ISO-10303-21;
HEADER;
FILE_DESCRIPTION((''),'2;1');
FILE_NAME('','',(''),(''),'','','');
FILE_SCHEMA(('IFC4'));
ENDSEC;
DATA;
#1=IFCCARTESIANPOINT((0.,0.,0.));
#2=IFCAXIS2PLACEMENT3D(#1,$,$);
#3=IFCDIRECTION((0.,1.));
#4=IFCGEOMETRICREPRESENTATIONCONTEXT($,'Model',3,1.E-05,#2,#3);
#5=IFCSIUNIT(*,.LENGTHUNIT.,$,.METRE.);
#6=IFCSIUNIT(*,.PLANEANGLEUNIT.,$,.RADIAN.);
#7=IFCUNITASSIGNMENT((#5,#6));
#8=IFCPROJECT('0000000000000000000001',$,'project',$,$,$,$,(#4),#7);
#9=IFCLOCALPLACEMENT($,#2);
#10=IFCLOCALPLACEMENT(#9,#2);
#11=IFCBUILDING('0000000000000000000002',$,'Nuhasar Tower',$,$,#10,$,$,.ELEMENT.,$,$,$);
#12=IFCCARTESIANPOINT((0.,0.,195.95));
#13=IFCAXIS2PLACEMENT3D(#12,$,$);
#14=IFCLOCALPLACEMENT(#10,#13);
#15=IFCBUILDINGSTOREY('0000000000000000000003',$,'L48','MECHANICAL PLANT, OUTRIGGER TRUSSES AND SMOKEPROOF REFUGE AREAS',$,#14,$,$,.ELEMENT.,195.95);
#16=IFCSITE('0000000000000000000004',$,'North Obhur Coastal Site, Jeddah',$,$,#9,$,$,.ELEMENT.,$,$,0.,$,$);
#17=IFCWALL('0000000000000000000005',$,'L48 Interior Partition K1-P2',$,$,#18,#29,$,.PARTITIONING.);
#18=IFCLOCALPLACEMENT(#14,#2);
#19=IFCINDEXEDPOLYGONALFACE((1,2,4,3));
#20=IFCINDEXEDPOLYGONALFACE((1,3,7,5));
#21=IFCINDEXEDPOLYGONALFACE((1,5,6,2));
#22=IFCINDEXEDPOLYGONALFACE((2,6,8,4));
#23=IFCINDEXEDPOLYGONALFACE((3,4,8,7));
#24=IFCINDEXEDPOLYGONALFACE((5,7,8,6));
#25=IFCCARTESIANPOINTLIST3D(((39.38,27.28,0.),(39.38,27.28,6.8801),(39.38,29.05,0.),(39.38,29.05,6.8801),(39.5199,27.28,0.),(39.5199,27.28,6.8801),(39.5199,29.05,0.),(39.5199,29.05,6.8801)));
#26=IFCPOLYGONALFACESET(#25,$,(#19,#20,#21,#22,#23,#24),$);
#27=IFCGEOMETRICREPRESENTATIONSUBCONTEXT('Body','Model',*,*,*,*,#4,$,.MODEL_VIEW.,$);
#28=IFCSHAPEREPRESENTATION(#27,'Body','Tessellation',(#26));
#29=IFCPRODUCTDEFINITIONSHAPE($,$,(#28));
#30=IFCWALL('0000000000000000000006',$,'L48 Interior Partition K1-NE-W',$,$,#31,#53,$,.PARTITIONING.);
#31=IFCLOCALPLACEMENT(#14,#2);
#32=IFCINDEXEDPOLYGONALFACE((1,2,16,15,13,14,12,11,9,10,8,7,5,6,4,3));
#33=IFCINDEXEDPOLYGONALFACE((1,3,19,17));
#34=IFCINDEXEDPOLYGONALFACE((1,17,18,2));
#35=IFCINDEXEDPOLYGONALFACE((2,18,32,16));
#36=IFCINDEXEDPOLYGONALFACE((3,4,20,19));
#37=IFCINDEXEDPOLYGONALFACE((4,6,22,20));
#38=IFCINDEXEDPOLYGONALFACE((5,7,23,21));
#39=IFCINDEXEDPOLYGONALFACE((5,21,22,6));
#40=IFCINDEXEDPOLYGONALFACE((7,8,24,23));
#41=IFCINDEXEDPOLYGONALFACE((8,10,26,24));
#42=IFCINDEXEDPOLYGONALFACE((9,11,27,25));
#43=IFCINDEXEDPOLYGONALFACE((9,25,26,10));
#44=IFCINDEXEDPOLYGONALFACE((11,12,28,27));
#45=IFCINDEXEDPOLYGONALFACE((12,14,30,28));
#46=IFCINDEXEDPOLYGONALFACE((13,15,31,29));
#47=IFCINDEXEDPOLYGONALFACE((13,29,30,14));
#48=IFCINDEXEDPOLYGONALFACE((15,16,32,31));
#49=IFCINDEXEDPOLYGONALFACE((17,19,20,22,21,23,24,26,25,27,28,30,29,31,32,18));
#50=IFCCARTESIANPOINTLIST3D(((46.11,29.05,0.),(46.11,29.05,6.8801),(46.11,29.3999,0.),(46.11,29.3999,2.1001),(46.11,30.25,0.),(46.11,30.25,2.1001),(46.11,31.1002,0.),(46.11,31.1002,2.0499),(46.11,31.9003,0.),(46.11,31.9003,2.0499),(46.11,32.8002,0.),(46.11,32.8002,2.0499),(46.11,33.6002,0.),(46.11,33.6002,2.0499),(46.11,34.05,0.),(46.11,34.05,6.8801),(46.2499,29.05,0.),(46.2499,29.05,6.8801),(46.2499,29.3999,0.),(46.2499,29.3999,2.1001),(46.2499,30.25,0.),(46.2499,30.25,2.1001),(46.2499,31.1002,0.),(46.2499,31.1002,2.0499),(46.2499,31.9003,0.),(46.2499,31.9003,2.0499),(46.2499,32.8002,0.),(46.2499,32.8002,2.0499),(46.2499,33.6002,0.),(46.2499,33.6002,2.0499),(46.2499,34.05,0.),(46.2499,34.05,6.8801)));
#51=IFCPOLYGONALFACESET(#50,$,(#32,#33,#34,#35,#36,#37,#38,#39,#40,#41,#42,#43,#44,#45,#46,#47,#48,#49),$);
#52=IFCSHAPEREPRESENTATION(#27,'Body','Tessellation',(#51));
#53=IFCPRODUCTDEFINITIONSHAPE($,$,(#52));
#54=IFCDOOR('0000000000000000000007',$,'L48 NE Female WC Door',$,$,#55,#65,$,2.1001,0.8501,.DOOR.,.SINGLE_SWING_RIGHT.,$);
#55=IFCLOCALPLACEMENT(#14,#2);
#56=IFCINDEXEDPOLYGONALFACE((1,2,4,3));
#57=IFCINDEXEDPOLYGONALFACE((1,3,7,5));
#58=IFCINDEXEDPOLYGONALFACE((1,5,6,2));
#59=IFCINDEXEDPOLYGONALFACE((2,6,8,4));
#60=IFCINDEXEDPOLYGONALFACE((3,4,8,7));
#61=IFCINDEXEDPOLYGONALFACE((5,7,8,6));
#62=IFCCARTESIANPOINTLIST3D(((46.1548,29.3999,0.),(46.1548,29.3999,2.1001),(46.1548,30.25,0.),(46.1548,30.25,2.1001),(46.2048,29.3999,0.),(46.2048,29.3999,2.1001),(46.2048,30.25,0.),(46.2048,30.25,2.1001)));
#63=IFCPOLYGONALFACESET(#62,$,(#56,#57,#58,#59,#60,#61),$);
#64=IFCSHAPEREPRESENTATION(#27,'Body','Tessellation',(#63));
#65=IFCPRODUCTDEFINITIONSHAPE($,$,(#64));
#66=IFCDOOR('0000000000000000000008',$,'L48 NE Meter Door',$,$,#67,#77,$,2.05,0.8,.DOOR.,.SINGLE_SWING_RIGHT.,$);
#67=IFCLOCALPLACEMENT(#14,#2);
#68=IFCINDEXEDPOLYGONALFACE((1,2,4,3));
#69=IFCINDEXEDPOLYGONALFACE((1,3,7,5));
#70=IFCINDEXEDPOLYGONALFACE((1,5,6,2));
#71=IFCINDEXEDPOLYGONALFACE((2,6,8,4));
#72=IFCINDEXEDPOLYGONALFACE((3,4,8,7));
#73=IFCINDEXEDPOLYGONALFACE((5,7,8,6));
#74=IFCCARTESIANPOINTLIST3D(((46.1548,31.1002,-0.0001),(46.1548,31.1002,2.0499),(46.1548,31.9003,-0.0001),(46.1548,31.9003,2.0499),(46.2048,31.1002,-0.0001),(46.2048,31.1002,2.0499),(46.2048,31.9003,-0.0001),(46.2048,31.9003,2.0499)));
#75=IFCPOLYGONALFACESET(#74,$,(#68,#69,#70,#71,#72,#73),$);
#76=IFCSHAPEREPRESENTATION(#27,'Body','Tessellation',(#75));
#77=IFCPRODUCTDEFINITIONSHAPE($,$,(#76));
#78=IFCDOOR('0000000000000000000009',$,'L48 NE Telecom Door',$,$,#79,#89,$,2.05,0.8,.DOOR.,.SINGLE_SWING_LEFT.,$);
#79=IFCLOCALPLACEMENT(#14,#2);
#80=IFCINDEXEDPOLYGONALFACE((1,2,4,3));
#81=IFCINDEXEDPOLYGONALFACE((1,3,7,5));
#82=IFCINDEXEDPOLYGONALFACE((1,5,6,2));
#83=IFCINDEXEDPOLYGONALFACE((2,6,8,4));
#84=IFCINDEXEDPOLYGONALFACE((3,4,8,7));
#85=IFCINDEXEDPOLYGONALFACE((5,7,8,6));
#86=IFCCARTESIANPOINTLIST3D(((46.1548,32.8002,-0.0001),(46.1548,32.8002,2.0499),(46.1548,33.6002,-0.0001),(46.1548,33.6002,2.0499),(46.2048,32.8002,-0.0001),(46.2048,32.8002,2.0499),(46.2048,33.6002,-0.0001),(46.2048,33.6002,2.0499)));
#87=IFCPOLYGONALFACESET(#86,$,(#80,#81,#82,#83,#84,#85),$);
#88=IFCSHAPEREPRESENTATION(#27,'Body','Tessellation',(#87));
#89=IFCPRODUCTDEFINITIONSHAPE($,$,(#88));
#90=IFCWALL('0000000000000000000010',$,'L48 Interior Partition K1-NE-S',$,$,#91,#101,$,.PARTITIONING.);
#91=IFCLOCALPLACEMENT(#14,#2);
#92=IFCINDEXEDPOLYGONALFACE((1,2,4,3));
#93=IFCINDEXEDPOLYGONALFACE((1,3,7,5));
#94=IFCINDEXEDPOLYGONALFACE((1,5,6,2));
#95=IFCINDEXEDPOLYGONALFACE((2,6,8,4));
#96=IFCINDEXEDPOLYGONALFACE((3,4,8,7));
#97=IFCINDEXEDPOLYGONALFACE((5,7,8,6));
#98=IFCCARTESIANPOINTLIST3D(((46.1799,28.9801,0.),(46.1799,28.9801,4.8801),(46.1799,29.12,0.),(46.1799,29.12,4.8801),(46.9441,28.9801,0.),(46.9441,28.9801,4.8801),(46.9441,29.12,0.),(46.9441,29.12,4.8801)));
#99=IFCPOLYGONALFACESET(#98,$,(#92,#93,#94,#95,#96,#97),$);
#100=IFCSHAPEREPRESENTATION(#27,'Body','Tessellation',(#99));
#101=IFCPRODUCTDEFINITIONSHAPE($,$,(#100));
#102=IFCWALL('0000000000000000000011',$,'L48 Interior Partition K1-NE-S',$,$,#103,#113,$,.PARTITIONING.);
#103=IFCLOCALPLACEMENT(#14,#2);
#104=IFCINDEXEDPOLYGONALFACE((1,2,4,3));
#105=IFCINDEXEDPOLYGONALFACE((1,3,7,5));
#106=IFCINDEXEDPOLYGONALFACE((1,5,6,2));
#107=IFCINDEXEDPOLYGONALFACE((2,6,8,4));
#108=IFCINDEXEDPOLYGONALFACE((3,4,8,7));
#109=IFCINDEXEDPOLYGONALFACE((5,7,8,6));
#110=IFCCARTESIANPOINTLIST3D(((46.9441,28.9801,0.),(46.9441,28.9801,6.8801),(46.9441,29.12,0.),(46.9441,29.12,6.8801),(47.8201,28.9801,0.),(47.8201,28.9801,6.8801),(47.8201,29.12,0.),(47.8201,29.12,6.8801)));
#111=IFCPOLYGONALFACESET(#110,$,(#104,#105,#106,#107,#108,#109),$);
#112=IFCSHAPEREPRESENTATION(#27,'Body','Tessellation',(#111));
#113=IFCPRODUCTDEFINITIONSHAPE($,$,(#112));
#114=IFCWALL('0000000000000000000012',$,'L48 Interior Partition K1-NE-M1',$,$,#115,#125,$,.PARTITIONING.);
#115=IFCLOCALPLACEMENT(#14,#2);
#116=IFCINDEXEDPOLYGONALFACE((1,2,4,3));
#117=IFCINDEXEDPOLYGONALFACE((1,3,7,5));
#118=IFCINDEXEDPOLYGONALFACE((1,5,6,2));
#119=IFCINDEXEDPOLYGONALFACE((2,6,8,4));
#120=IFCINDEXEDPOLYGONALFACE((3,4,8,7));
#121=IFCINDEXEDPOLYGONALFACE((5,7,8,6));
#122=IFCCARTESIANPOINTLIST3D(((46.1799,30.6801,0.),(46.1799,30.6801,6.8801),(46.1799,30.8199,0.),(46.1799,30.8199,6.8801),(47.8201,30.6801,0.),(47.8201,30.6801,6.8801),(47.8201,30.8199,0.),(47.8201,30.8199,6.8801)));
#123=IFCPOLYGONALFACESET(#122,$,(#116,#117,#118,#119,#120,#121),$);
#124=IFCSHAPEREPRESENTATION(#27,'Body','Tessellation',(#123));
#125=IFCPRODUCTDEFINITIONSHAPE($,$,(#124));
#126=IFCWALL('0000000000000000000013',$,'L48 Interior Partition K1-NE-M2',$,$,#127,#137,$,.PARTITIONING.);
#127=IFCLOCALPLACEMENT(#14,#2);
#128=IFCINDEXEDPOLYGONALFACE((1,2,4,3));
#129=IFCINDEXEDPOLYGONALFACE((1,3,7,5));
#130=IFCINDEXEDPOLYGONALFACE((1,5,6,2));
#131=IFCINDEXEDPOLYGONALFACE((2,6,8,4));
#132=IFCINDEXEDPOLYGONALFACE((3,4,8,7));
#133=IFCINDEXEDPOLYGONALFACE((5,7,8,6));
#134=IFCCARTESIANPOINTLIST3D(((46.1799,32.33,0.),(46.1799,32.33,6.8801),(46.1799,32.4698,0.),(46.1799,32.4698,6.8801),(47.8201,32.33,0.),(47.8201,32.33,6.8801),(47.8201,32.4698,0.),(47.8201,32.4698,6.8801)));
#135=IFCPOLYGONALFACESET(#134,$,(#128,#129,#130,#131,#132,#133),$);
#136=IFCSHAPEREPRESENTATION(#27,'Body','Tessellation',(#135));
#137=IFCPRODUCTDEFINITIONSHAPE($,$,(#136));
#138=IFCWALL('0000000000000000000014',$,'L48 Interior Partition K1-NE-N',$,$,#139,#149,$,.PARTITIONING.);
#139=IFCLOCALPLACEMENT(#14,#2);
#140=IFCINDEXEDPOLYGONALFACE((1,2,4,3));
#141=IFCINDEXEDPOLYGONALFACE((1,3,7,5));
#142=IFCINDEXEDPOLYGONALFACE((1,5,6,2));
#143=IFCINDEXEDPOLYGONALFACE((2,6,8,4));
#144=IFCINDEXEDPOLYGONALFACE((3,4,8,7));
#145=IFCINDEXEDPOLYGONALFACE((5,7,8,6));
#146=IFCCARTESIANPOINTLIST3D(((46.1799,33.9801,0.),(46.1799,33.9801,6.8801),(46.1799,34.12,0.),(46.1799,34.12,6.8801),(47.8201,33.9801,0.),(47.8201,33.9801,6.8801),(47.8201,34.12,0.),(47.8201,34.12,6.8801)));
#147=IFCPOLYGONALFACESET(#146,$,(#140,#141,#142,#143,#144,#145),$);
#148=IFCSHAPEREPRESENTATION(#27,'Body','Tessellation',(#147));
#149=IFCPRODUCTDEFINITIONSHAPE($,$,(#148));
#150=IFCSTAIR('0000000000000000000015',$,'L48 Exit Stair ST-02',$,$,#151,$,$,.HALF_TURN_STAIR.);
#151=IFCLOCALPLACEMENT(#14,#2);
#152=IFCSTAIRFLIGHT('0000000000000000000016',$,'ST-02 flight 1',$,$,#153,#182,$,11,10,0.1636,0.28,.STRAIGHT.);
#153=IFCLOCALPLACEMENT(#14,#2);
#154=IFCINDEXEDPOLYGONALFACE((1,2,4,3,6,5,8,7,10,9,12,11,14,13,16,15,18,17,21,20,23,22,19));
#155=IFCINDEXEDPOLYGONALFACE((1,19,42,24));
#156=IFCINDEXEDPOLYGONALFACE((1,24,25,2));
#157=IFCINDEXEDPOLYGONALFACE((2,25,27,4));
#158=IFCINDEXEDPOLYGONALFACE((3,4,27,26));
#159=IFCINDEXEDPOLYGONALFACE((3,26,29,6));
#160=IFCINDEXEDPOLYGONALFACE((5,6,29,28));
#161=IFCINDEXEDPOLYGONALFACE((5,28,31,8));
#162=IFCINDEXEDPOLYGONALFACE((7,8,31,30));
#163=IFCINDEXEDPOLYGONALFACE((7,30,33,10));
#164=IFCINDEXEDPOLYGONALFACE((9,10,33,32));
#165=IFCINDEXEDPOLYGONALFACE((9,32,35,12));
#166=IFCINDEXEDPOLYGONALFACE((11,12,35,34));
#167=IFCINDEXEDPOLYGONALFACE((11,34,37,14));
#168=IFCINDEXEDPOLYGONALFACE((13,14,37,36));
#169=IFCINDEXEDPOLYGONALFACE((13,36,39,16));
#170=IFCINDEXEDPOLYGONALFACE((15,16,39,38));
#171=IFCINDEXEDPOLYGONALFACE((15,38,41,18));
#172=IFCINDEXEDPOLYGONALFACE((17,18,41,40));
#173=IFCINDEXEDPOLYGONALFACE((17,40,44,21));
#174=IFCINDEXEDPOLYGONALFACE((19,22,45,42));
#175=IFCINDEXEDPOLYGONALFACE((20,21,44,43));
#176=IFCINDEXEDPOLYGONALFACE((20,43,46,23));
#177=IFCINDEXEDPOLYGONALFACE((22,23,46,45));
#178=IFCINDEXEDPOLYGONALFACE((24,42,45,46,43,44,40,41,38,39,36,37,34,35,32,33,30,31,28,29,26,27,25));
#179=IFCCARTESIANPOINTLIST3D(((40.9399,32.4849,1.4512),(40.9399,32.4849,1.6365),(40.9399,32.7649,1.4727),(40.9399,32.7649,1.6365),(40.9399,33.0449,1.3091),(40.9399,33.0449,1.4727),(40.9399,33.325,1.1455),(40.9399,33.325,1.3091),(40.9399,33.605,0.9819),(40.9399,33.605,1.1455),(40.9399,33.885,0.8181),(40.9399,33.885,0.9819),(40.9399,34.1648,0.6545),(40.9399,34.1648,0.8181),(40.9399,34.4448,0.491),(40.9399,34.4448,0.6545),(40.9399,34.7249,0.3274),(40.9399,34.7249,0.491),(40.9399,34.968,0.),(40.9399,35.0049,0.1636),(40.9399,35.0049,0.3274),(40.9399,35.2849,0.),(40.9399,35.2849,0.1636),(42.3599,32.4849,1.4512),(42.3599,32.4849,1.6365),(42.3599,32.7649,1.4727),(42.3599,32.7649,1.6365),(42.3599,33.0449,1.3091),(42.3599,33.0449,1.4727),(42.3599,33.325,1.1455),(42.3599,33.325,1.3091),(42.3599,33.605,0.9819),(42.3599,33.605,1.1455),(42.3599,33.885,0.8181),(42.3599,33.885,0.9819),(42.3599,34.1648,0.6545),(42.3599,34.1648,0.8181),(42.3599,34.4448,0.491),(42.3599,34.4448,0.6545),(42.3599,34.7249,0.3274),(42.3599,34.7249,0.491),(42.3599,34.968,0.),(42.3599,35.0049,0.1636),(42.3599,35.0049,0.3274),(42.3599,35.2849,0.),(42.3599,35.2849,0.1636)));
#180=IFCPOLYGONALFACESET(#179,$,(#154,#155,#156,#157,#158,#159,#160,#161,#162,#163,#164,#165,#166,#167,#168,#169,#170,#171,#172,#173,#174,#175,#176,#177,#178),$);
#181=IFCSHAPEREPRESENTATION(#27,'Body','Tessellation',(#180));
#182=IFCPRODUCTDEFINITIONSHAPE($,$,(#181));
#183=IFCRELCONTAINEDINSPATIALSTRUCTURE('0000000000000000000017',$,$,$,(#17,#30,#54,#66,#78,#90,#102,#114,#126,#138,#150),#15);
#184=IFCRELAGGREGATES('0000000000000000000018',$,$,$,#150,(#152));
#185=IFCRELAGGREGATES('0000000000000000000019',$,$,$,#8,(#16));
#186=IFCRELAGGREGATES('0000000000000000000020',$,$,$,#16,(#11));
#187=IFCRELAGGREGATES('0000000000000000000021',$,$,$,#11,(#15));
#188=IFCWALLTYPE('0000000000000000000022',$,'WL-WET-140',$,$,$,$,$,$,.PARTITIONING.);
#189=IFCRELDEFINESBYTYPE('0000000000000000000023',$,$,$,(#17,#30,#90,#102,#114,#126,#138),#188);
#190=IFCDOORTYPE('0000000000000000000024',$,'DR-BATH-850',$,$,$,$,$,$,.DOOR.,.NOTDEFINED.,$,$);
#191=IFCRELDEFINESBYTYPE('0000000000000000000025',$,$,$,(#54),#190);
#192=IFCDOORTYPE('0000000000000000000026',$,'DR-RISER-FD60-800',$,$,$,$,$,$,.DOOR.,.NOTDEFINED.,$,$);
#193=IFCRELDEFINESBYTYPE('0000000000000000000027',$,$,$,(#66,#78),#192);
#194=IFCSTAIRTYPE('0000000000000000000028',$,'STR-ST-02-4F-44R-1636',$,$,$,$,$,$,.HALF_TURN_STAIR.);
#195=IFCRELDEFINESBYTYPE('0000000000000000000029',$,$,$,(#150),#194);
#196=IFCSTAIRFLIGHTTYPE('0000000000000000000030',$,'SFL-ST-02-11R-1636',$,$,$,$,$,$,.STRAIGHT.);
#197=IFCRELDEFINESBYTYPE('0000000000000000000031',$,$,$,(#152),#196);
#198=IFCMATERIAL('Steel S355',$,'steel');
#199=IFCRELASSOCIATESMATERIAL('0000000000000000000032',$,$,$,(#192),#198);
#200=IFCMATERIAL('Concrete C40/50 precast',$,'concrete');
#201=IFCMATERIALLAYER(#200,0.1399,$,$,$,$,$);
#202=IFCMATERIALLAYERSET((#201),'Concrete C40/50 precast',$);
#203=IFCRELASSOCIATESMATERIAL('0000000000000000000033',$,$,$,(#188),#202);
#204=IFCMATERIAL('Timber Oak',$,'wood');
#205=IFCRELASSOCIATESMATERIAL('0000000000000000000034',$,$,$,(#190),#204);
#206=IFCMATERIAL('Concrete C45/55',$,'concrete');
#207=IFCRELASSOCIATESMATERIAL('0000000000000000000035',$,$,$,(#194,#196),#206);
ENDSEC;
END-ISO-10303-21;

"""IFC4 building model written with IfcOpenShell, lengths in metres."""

from ifc_helpers import new_model, si_unit, direction, frame, frame_2d, origin, place, context, subcontext, project, spatial, polyline, rectangle, outline, extrude, material, layer, layer_set, type_object, element, fill, aggregate, save


model = new_model("IFC4")

# Units and contexts
model_context = context("Model", 3, precision=1e-05, world=origin(), true_north=direction((0.0, 1.0)))
body_context = subcontext(model_context, "Body", "Model", "MODEL_VIEW")
ifc_project = project(units=[si_unit("LENGTHUNIT", "METRE"), si_unit("PLANEANGLEUNIT", "RADIAN")], contexts=[model_context])

# Site, building, storey
site_placement = place(None, origin())
site = spatial("IfcSite", under=ifc_project, at=site_placement, Name="North Obhur Coastal Site, Jeddah", CompositionType="ELEMENT", RefElevation=0.0)
building_placement = place(site_placement, origin())
building = spatial("IfcBuilding", under=site, at=building_placement, Name="Nuhasar Tower", CompositionType="ELEMENT")
storey_placement = place(building_placement, frame((0.0, 0.0, 195.95)))
storey = spatial("IfcBuildingStorey", under=building, at=storey_placement, Name="L48", Description="MECHANICAL PLANT, OUTRIGGER TRUSSES AND SMOKEPROOF REFUGE AREAS", CompositionType="ELEMENT", Elevation=195.95)

# Shared definitions
ifc_material_1 = material(Name="Steel S355", Category="steel")

# Shared definitions
ifc_material_2 = material(Name="Concrete C45/55", Category="concrete")

# Shared definitions
door_type_1 = type_object("IfcDoorType", Name="DR-RISER-FD60-800", OperationType="NOTDEFINED", PredefinedType="DOOR", material=ifc_material_1)

# Wall
ifc_material_3 = material(Name="Concrete C40/50 precast", Category="concrete")
ifc_layer_1 = layer(ifc_material_3, 0.1399)
ifc_layer_set_1 = layer_set([ifc_layer_1], Name="Concrete C40/50 precast")
wall_type_1 = type_object("IfcWallType", Name="WL-WET-140", PredefinedType="PARTITIONING", material=ifc_layer_set_1)
wall_1_placement = place(storey_placement, frame((39.45, 27.28, 0.0), z_axis=(0.0, 0.0, 1.0), x_axis=(0.0, 1.0, 0.0)))
element("IfcWall", 1, at=wall_1_placement, inside=storey, type_object=wall_type_1, Name="L48 Interior Partition K1-P2", PredefinedType="PARTITIONING", context=body_context, shape_type="SweptSolid", body=[
    extrude(rectangle(XDim=1.77, YDim=0.1399, at=frame_2d((0.885, 0.0))), origin(), (0.0, 0.0, 1.0), 6.8801),
])

# Wall, openings, doors
wall_2_placement = place(storey_placement, frame((46.1799, 34.05, 0.0), z_axis=(0.0, 0.0, 1.0), x_axis=(0.0, -1.0, 0.0)))
wall_2 = element("IfcWall", 2, at=wall_2_placement, inside=storey, type_object=wall_type_1, Name="L48 Interior Partition K1-NE-W", PredefinedType="PARTITIONING", context=body_context, shape_type="SweptSolid", body=[
    extrude(rectangle(XDim=5.0, YDim=0.1399, at=frame_2d((2.5, 0.0))), origin(), (0.0, 0.0, 1.0), 6.8801),
])
opening_1_placement = place(wall_2_placement, frame((3.8, 0.0, 0.0)))
opening_1 = element("IfcOpeningElement", 3, at=opening_1_placement, cuts=wall_2, PredefinedType="OPENING", context=body_context, shape_type="SweptSolid", body=[
    extrude(rectangle(XDim=0.8501, YDim=2.1001, at=frame_2d((0.425, 1.05))), frame((0.0, 0.0801, 0.0), z_axis=(0.0, -1.0, 0.0), x_axis=(1.0, 0.0, 0.0)), (0.0, 0.0, 1.0), 0.1599),
])
opening_2_placement = place(wall_2_placement, frame((2.1499, 0.0, 0.0)))
opening_2 = element("IfcOpeningElement", 4, at=opening_2_placement, cuts=wall_2, PredefinedType="OPENING", context=body_context, shape_type="SweptSolid", body=[
    extrude(rectangle(XDim=0.8, YDim=2.05, at=frame_2d((0.3999, 1.0249))), frame((0.0, 0.0801, 0.0), z_axis=(0.0, -1.0, 0.0), x_axis=(1.0, 0.0, 0.0)), (0.0, 0.0, 1.0), 0.1599),
])
opening_3_placement = place(wall_2_placement, frame((0.45, 0.0, 0.0)))
opening_3 = element("IfcOpeningElement", 5, at=opening_3_placement, cuts=wall_2, PredefinedType="OPENING", context=body_context, shape_type="SweptSolid", body=[
    extrude(rectangle(XDim=0.8, YDim=2.05, at=frame_2d((0.3999, 1.0249))), frame((0.0, 0.0801, 0.0), z_axis=(0.0, -1.0, 0.0), x_axis=(1.0, 0.0, 0.0)), (0.0, 0.0, 1.0), 0.1599),
])
ifc_material_4 = material(Name="Timber Oak", Category="wood")
door_type_2 = type_object("IfcDoorType", Name="DR-BATH-850", OperationType="NOTDEFINED", PredefinedType="DOOR", material=ifc_material_4)
door_1_placement = place(opening_1_placement, origin())
door_1 = element("IfcDoor", 6, at=door_1_placement, inside=storey, type_object=door_type_2, Name="L48 NE Female WC Door", OperationType="SINGLE_SWING_RIGHT", OverallHeight=2.1001, OverallWidth=0.8501, PredefinedType="DOOR", context=body_context, shape_type="SweptSolid", body=[
    extrude(rectangle(XDim=0.8501, YDim=2.1001, at=frame_2d((0.425, 1.05))), frame((0.0, 0.0249, 0.0), z_axis=(0.0, -1.0, 0.0), x_axis=(1.0, 0.0, 0.0)), (0.0, 0.0, 1.0), 0.05),
])
fill(opening_1, door_1)
door_2_placement = place(opening_2_placement, origin())
door_2 = element("IfcDoor", 7, at=door_2_placement, inside=storey, type_object=door_type_1, Name="L48 NE Meter Door", OperationType="SINGLE_SWING_RIGHT", OverallHeight=2.05, OverallWidth=0.8, PredefinedType="DOOR", context=body_context, shape_type="SweptSolid", body=[
    extrude(rectangle(XDim=0.8, YDim=2.05, at=frame_2d((0.3999, 1.0249))), frame((0.0, 0.0249, 0.0), z_axis=(0.0, -1.0, 0.0), x_axis=(1.0, 0.0, 0.0)), (0.0, 0.0, 1.0), 0.05),
])
fill(opening_2, door_2)
door_3_placement = place(opening_3_placement, origin())
door_3 = element("IfcDoor", 8, at=door_3_placement, inside=storey, type_object=door_type_1, Name="L48 NE Telecom Door", OperationType="SINGLE_SWING_LEFT", OverallHeight=2.05, OverallWidth=0.8, PredefinedType="DOOR", context=body_context, shape_type="SweptSolid", body=[
    extrude(rectangle(XDim=0.8, YDim=2.05, at=frame_2d((0.3999, 1.0249))), frame((0.0, 0.0249, 0.0), z_axis=(0.0, -1.0, 0.0), x_axis=(1.0, 0.0, 0.0)), (0.0, 0.0, 1.0), 0.05),
])
fill(opening_3, door_3)

# Walls
wall_3_placement = place(storey_placement, frame((46.1799, 29.05, 0.0), z_axis=(0.0, 0.0, 1.0), x_axis=(1.0, 0.0, 0.0)))
element("IfcWall", 9, at=wall_3_placement, inside=storey, type_object=wall_type_1, Name="L48 Interior Partition K1-NE-S", PredefinedType="PARTITIONING", context=body_context, shape_type="SweptSolid", body=[
    extrude(rectangle(XDim=0.7642, YDim=0.1399, at=frame_2d((0.3821, 0.0))), origin(), (0.0, 0.0, 1.0), 4.8801),
])
wall_4_placement = place(storey_placement, frame((46.9441, 29.05, 0.0), z_axis=(0.0, 0.0, 1.0), x_axis=(1.0, 0.0, 0.0)))
element("IfcWall", 10, at=wall_4_placement, inside=storey, type_object=wall_type_1, Name="L48 Interior Partition K1-NE-S", PredefinedType="PARTITIONING", context=body_context, shape_type="SweptSolid", body=[
    extrude(rectangle(XDim=0.876, YDim=0.1399, at=frame_2d((0.438, 0.0))), origin(), (0.0, 0.0, 1.0), 6.8801),
])
for number, where, z_axis, x_axis, name in (
    (11, (46.1799, 30.75, 0.0), (0.0, 0.0, 1.0), (1.0, 0.0, 0.0), "L48 Interior Partition K1-NE-M1"),
    (12, (46.1799, 32.3999, 0.0), (0.0, 0.0, 1.0), (1.0, 0.0, 0.0), "L48 Interior Partition K1-NE-M2"),
    (13, (46.1799, 34.05, 0.0), (0.0, 0.0, 1.0), (1.0, 0.0, 0.0), "L48 Interior Partition K1-NE-N"),
):
    element("IfcWall", number, at=place(storey_placement, frame(where, z_axis=z_axis, x_axis=x_axis)), inside=storey, type_object=wall_type_1, Name=name, PredefinedType="PARTITIONING", context=body_context, shape_type="SweptSolid", body=[
        extrude(rectangle(XDim=1.6401, YDim=0.1399, at=frame_2d((0.8201, 0.0))), origin(), (0.0, 0.0, 1.0), 6.8801),
    ])

# Stair, stair flight
stair_type_1 = type_object("IfcStairType", Name="STR-ST-02-4F-44R-1636", PredefinedType="HALF_TURN_STAIR", material=ifc_material_2)
stair_1_placement = place(storey_placement, origin())
stair_1 = element("IfcStair", 14, at=stair_1_placement, inside=storey, type_object=stair_type_1, Name="L48 Exit Stair ST-02", PredefinedType="HALF_TURN_STAIR")
stair_flight_type_1 = type_object("IfcStairFlightType", Name="SFL-ST-02-11R-1636", PredefinedType="STRAIGHT", material=ifc_material_2)
stair_flight_1_placement = place(storey_placement, frame((41.6499, 35.2849, 0.0), z_axis=(0.0, 0.0, 1.0), x_axis=(0.0, -1.0, 0.0)))
stair_flight_1 = element("IfcStairFlight", 15, at=stair_flight_1_placement, type_object=stair_flight_type_1, Name="ST-02 flight 1", NumberOfRisers=11, NumberOfTreads=10, PredefinedType="STRAIGHT", RiserHeight=0.1636, TreadLength=0.28, context=body_context, shape_type="SweptSolid", body=[
    extrude(outline(polyline([(0.0, 0.0), (0.0, 0.1636), (0.28, 0.1636), (0.28, 0.3274), (0.5601, 0.3274), (0.5601, 0.491), (0.8401, 0.491), (0.8401, 0.6545), (1.1201, 0.6545), (1.1201, 0.8181), (1.3999, 0.8181), (1.3999, 0.9819), (1.6799, 0.9819), (1.6799, 1.1455), (1.96, 1.1455), (1.96, 1.3091), (2.24, 1.3091), (2.24, 1.4727), (2.52, 1.4727), (2.52, 1.6365), (2.8, 1.6365), (2.8, 1.8), (2.8, 1.4512), (0.3169, 0.0), (0.0, 0.0)])), frame((0.0, 0.71, 0.0), z_axis=(0.0, -1.0, 0.0), x_axis=(1.0, 0.0, 0.0)), (0.0, 0.0, 1.0), 1.4199),
])
aggregate(stair_1, [stair_flight_1])

save(model, "model.ifc")
